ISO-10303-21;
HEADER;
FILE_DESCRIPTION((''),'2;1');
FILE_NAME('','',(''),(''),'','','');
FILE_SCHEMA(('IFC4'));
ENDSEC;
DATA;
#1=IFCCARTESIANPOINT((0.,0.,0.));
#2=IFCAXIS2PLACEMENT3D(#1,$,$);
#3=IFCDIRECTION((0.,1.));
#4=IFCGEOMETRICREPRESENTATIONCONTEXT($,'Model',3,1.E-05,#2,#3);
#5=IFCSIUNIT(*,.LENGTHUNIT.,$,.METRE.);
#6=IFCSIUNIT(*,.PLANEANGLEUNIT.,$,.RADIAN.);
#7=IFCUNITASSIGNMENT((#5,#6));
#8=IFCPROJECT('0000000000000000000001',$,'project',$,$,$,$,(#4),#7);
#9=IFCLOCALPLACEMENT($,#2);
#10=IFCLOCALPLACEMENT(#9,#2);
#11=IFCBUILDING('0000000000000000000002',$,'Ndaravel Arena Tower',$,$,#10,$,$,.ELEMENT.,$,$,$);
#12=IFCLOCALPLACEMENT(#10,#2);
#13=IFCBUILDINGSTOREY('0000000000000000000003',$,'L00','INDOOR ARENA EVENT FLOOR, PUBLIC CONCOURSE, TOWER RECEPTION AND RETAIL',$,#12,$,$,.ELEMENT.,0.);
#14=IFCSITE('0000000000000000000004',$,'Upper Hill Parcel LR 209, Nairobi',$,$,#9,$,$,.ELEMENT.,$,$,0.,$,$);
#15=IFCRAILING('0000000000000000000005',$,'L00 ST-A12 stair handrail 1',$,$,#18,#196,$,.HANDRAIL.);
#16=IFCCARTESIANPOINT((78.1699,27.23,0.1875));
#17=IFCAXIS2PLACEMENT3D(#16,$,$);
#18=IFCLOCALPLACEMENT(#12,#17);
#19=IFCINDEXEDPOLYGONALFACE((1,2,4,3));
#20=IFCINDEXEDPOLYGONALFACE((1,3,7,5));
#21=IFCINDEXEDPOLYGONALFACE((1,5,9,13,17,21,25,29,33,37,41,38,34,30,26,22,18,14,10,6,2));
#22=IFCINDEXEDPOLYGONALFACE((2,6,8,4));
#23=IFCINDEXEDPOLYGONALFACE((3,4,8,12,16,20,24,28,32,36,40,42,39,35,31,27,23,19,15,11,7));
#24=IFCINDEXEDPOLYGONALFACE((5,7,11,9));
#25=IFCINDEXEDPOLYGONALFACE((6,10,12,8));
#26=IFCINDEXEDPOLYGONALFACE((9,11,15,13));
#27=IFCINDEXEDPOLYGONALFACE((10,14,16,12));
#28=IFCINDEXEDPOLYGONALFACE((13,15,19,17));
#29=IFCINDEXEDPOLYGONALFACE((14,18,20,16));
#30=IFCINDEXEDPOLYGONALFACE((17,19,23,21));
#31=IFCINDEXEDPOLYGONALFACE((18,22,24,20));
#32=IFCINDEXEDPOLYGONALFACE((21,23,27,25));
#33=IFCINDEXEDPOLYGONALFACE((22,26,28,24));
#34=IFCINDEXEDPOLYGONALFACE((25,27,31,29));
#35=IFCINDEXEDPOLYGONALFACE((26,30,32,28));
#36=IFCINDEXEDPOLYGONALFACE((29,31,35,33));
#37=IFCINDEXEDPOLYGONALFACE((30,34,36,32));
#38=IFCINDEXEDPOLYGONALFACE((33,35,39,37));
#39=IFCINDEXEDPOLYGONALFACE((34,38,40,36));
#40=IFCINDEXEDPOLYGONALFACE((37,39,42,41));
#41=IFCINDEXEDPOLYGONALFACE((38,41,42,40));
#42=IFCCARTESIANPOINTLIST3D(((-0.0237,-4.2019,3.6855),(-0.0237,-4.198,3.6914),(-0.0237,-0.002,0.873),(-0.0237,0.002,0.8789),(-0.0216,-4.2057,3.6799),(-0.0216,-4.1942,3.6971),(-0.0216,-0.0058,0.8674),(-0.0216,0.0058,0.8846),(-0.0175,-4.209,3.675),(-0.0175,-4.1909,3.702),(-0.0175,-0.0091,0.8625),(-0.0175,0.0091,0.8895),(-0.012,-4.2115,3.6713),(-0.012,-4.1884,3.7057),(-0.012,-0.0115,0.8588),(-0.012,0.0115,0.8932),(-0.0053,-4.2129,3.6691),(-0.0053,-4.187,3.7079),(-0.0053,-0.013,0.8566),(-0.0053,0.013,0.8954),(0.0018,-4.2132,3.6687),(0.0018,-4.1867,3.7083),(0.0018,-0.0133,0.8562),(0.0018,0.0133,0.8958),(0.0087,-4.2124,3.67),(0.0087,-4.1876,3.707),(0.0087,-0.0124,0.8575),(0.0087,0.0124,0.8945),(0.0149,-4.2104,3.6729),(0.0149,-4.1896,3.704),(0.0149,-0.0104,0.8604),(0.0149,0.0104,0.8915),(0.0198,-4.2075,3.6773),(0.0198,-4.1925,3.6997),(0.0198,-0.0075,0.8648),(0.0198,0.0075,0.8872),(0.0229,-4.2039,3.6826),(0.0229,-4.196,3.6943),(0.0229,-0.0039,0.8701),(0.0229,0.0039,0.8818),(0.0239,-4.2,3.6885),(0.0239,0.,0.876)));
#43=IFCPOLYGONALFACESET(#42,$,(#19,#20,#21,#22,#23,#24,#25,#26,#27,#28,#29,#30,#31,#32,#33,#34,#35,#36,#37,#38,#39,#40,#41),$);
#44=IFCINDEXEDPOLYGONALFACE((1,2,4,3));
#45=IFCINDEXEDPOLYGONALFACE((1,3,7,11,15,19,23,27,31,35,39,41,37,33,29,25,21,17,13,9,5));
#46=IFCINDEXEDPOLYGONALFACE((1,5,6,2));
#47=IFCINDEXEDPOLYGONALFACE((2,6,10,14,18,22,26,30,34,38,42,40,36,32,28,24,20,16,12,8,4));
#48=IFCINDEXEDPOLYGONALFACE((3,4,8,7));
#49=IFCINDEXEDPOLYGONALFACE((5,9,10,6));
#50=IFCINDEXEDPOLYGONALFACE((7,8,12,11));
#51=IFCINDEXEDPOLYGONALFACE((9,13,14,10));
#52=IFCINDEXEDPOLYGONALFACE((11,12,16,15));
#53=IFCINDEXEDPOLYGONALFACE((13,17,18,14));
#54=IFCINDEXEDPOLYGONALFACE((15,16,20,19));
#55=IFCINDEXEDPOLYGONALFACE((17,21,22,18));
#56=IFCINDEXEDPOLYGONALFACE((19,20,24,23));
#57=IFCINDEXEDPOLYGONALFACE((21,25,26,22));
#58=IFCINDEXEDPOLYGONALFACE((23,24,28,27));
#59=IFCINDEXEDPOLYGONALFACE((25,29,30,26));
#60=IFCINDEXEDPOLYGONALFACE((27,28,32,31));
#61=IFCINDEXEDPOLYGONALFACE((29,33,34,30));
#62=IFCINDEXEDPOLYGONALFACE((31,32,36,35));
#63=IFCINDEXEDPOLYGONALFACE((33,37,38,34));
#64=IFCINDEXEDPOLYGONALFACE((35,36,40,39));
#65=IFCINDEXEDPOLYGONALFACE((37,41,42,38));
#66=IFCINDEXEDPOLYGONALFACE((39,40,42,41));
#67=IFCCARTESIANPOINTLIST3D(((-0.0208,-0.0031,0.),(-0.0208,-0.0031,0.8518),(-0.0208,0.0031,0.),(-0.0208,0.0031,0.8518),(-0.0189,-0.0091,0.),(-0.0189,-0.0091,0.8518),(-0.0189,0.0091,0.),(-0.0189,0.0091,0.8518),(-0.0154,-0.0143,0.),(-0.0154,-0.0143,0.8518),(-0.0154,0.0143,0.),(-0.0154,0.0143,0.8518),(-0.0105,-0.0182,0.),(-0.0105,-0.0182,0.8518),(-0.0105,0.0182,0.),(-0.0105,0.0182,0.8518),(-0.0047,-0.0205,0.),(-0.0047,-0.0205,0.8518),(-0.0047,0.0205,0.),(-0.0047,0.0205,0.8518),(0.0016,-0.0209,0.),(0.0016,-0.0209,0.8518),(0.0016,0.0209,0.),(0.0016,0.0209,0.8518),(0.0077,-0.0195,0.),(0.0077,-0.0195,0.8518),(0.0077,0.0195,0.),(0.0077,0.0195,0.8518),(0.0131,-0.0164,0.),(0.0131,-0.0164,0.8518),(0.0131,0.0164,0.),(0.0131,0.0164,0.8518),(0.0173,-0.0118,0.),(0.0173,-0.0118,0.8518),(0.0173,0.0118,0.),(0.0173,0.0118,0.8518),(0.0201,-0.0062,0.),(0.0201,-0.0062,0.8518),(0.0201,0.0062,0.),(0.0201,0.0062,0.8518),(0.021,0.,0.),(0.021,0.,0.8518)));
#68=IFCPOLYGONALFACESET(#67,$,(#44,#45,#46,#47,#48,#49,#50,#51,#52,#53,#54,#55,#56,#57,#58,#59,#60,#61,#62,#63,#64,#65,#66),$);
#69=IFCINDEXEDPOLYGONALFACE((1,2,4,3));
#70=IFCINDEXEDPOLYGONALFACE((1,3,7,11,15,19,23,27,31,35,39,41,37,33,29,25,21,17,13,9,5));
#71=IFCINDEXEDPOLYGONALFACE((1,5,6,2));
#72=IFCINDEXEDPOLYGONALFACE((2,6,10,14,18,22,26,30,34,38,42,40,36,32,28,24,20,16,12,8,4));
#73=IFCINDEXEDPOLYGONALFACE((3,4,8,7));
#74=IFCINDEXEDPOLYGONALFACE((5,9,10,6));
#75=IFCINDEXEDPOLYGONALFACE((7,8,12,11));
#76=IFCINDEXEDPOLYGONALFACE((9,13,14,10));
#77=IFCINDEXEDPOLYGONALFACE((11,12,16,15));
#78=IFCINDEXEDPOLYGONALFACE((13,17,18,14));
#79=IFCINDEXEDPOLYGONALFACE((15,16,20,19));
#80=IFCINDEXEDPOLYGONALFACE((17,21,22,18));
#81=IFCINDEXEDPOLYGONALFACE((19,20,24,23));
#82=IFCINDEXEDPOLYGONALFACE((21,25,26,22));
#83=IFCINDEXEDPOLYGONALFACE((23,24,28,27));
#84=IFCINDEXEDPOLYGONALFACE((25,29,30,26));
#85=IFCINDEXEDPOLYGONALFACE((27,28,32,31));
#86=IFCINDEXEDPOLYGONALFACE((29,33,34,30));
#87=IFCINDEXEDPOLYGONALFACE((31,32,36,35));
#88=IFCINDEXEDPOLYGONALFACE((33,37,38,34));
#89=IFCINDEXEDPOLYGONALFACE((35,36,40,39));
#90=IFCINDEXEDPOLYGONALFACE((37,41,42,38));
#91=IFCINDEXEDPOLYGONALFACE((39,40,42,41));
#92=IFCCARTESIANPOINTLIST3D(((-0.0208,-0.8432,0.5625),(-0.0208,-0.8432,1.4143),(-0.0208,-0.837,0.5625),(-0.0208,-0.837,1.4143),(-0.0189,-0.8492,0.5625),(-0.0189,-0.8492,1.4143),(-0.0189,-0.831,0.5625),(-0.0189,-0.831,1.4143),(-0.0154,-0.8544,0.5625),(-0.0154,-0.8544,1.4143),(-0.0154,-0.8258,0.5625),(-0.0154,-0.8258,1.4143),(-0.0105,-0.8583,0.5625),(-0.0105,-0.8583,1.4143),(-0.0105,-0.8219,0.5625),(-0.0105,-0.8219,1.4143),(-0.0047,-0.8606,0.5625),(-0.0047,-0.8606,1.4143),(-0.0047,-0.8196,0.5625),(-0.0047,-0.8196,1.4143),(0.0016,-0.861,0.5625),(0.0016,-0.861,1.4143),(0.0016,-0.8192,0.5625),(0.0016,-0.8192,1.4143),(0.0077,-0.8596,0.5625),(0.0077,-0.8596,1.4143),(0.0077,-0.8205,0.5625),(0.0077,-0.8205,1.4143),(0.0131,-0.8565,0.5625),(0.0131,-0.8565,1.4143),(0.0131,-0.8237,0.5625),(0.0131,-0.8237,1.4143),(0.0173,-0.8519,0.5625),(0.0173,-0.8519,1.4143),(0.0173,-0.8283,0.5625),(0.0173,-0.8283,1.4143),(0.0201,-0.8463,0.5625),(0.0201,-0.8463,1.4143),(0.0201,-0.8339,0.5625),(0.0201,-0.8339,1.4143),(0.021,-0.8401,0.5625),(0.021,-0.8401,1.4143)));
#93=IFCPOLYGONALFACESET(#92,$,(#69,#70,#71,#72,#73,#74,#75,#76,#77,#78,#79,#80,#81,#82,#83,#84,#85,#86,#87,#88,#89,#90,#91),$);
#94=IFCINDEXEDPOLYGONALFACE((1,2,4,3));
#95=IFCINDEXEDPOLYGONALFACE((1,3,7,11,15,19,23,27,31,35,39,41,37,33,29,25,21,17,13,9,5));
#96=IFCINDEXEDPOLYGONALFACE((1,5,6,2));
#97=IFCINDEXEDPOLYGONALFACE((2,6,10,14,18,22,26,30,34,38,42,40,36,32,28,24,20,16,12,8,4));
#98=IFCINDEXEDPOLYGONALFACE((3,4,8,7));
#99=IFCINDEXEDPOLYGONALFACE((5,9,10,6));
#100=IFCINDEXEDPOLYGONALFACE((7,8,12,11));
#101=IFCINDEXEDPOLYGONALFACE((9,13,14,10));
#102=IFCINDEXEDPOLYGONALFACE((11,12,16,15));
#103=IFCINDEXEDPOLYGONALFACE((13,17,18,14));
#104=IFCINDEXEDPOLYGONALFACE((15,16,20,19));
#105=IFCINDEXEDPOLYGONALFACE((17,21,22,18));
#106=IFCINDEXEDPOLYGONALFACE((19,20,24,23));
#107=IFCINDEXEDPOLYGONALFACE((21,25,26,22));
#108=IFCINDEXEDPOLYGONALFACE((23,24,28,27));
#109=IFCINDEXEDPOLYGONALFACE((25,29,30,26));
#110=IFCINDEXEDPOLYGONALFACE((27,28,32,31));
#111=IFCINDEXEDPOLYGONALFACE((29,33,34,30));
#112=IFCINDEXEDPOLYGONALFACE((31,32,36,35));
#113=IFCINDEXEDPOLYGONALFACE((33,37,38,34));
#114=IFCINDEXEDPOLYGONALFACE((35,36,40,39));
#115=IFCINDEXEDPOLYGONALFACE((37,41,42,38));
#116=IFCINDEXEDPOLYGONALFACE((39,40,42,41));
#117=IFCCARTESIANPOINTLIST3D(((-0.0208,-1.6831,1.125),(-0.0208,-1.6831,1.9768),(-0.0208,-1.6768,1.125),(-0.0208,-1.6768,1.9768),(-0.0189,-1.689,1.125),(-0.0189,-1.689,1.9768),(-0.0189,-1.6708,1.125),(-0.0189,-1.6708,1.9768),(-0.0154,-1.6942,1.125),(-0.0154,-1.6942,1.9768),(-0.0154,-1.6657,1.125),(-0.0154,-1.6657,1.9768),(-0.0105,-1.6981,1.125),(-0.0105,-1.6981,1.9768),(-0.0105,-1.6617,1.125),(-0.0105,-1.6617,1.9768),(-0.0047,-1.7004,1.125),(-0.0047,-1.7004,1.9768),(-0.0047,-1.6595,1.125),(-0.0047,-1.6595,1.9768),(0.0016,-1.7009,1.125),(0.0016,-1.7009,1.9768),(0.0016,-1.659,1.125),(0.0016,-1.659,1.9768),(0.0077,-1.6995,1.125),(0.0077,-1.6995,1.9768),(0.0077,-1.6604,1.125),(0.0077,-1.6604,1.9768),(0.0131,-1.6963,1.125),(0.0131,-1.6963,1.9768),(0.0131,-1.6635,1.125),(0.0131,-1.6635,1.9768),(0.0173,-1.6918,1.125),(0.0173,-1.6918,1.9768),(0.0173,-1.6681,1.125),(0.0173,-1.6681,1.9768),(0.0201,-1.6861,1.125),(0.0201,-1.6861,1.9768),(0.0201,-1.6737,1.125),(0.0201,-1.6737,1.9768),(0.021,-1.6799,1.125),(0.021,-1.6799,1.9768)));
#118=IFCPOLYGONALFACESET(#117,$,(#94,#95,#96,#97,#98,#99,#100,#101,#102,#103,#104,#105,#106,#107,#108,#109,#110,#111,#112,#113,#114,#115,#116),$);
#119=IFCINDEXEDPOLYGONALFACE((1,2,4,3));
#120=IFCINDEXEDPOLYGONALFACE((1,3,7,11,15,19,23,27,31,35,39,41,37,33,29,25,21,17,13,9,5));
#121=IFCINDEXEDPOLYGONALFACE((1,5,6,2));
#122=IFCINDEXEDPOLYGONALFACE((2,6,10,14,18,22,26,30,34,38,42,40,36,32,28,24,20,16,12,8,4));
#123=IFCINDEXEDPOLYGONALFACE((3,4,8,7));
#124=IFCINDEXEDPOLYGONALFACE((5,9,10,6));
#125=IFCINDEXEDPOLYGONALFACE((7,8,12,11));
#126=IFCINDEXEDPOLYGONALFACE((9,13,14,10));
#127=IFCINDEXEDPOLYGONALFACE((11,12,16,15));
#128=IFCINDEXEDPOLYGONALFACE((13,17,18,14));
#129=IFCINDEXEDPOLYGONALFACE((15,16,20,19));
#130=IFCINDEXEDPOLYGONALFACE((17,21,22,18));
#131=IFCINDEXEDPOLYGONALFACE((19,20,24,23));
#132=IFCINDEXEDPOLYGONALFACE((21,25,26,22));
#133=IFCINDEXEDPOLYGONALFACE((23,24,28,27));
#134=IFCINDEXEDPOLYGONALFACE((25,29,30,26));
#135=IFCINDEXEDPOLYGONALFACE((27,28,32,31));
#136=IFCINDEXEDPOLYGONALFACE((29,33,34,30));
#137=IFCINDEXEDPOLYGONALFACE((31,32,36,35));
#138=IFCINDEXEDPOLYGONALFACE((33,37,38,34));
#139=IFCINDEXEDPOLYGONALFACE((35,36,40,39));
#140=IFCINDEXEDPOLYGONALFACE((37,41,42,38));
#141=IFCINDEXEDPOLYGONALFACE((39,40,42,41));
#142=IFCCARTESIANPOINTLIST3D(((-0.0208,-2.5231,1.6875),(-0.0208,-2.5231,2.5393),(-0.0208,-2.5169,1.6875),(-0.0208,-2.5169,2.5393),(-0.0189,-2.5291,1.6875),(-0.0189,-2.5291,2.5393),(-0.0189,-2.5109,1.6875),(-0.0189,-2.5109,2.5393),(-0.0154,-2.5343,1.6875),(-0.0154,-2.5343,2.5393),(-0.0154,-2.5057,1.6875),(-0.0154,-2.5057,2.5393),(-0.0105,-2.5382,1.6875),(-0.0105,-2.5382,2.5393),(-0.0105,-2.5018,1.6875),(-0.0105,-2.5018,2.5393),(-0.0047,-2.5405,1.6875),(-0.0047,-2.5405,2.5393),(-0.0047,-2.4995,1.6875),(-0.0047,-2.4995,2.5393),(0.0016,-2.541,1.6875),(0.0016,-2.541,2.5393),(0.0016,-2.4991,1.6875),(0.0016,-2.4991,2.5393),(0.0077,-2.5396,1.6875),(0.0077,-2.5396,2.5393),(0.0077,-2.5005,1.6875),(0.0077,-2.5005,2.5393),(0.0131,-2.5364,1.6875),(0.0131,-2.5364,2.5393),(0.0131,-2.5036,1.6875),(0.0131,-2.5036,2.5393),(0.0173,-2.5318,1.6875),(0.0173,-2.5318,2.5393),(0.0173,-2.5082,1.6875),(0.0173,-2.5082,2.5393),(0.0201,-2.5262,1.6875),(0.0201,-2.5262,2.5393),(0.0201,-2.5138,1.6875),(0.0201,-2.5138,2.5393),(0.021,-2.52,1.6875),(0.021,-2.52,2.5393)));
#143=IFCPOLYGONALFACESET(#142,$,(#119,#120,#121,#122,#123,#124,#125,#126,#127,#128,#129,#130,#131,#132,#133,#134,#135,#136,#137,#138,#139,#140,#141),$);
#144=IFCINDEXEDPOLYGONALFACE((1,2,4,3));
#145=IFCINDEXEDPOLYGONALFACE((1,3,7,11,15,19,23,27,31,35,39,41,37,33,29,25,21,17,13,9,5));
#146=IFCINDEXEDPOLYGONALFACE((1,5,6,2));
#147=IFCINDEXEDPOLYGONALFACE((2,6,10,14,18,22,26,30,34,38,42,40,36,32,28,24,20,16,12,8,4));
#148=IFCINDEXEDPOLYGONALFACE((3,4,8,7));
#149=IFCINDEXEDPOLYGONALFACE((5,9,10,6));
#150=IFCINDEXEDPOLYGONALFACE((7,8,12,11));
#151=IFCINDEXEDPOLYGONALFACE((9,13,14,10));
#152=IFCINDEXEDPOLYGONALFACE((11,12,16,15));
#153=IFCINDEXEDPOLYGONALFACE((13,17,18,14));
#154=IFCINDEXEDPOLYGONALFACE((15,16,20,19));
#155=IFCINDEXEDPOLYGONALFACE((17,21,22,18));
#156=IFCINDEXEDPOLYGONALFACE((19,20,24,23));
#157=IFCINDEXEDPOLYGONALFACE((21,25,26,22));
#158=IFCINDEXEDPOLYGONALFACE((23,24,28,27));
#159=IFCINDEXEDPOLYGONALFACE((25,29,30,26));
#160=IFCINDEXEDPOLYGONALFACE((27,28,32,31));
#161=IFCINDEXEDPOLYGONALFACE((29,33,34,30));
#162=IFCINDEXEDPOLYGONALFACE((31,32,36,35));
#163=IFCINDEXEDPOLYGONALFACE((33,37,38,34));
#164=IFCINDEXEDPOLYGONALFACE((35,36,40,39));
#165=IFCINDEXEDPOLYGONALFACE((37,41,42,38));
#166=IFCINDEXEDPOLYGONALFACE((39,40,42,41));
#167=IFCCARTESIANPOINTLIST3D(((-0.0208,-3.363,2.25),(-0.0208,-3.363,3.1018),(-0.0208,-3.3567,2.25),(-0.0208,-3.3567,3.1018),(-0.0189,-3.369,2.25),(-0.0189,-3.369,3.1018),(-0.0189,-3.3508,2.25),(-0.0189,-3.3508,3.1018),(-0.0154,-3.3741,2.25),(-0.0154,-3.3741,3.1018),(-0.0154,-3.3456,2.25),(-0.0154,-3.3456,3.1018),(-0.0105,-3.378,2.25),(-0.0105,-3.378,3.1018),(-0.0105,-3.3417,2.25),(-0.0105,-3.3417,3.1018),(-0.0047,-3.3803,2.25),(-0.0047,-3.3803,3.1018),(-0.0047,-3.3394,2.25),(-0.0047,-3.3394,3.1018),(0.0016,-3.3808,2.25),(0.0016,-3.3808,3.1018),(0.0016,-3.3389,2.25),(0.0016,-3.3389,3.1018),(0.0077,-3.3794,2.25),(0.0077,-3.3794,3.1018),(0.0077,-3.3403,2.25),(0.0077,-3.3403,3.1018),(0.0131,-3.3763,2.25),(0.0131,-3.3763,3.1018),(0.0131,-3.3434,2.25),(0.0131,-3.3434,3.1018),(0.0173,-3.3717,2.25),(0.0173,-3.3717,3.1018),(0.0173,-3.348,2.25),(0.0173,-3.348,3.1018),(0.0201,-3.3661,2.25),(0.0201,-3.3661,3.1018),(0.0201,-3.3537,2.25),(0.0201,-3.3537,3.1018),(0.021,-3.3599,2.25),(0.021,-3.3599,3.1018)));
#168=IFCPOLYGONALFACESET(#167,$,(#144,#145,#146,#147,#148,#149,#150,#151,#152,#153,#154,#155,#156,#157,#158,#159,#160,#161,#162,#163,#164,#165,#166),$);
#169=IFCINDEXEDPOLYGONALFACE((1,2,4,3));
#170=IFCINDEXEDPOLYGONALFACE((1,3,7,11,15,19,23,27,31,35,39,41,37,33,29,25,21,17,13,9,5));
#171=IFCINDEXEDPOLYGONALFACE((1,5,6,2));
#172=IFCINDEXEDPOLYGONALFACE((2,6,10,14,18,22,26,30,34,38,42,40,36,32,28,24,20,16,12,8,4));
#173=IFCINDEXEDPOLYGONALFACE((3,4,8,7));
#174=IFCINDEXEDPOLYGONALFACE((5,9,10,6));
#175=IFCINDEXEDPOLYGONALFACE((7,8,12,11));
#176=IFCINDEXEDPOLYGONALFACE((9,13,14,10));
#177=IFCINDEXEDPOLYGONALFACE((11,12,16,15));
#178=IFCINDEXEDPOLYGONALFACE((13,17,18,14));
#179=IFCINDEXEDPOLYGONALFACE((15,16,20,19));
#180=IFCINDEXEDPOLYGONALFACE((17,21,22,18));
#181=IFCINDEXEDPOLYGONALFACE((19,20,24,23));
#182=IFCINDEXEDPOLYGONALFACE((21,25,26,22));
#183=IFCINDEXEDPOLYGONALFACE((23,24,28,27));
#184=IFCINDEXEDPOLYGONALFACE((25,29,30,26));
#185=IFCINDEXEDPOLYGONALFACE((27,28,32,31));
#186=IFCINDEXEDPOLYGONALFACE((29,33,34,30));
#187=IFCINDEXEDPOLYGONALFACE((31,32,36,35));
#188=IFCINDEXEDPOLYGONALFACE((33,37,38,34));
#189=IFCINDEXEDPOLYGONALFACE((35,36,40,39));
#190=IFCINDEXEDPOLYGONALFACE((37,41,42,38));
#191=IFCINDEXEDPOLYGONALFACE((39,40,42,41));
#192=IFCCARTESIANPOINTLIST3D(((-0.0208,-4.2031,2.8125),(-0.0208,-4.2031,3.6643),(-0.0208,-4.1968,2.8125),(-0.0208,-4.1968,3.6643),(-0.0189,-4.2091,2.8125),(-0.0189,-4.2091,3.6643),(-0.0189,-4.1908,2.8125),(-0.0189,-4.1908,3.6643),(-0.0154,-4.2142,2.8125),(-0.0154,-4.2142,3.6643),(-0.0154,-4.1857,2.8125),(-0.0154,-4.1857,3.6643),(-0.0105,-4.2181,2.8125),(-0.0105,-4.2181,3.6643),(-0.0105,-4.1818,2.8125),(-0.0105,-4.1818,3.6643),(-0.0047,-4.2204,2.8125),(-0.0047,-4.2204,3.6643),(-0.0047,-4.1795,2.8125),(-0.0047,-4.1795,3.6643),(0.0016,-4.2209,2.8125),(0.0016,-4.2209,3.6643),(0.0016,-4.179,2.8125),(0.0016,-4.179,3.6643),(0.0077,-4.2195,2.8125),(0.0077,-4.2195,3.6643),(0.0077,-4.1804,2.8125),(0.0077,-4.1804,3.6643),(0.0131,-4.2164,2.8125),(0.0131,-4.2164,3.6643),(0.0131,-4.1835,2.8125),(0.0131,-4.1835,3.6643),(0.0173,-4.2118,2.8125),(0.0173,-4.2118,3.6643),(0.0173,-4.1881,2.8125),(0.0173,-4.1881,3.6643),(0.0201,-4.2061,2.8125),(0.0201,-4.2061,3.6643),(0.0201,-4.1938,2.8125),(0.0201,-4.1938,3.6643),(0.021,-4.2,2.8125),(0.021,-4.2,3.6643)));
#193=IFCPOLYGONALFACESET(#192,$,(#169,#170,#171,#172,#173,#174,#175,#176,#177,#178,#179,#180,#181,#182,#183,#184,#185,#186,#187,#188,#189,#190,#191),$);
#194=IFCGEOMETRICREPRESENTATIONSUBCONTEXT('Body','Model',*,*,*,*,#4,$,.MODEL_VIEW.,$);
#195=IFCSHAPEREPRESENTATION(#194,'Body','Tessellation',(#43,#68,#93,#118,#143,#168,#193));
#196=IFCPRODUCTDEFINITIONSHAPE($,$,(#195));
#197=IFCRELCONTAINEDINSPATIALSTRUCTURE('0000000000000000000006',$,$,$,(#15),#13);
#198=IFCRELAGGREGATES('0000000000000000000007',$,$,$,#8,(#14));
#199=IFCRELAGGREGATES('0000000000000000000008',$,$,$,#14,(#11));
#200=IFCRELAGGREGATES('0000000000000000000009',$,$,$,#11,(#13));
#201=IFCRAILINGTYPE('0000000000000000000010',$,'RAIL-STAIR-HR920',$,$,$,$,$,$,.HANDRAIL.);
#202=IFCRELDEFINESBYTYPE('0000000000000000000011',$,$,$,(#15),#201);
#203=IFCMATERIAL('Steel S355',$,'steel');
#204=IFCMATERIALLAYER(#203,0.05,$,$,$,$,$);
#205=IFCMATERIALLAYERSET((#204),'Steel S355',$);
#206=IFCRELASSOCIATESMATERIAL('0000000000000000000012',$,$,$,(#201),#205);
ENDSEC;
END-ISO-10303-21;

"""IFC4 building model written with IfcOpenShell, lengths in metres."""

from ifc_helpers import new_model, si_unit, direction, frame, origin, origin_2d, place, context, subcontext, project, spatial, circle, extrude, material, layer, layer_set, type_object, element, save


model = new_model("IFC4")

# Units and contexts
model_context = context("Model", 3, precision=1e-05, world=origin(), true_north=direction((0.0, 1.0)))
body_context = subcontext(model_context, "Body", "Model", "MODEL_VIEW")
ifc_project = project(units=[si_unit("LENGTHUNIT", "METRE"), si_unit("PLANEANGLEUNIT", "RADIAN")], contexts=[model_context])

# Site, building, storey
site_placement = place(None, origin())
site = spatial("IfcSite", under=ifc_project, at=site_placement, Name="Upper Hill Parcel LR 209, Nairobi", CompositionType="ELEMENT", RefElevation=0.0)
building_placement = place(site_placement, origin())
building = spatial("IfcBuilding", under=site, at=building_placement, Name="Ndaravel Arena Tower", CompositionType="ELEMENT")
storey_placement = place(building_placement, origin())
storey = spatial("IfcBuildingStorey", under=building, at=storey_placement, Name="L00", Description="INDOOR ARENA EVENT FLOOR, PUBLIC CONCOURSE, TOWER RECEPTION AND RETAIL", CompositionType="ELEMENT", Elevation=0.0)

# Railing
ifc_material_1 = material(Name="Steel S355", Category="steel")
ifc_layer_1 = layer(ifc_material_1, 0.05)
ifc_layer_set_1 = layer_set([ifc_layer_1], Name="Steel S355")
railing_type_1 = type_object("IfcRailingType", Name="RAIL-STAIR-HR920", PredefinedType="HANDRAIL", material=ifc_layer_set_1)
railing_1_placement = place(storey_placement, frame((78.1699, 27.23, 0.1875)))
element("IfcRailing", 1, at=railing_1_placement, inside=storey, type_object=railing_type_1, Name="L00 ST-A12 stair handrail 1", PredefinedType="HANDRAIL", context=body_context, shape_type="SweptSolid", body=[
    extrude(circle(Radius=0.0239, at=origin_2d()), frame((0.0, 0.0, 0.876), z_axis=(0.0, -0.830904, 0.556416), x_axis=(1.0, 0.0, 0.0)), (0.0, 0.0, 1.0), 5.0547),
    extrude(circle(Radius=0.021, at=origin_2d()), origin(), (0.0, 0.0, 1.0), 0.8518),
    extrude(circle(Radius=0.021, at=origin_2d()), frame((0.0, -0.8401, 0.5625)), (0.0, 0.0, 1.0), 0.8518),
    extrude(circle(Radius=0.021, at=origin_2d()), frame((0.0, -1.6799, 1.125)), (0.0, 0.0, 1.0), 0.8518),
    extrude(circle(Radius=0.021, at=origin_2d()), frame((0.0, -2.52, 1.6875)), (0.0, 0.0, 1.0), 0.8518),
    extrude(circle(Radius=0.021, at=origin_2d()), frame((0.0, -3.3599, 2.25)), (0.0, 0.0, 1.0), 0.8518),
    extrude(circle(Radius=0.021, at=origin_2d()), frame((0.0, -4.2, 2.8125)), (0.0, 0.0, 1.0), 0.8518),
])

save(model, "model.ifc")
